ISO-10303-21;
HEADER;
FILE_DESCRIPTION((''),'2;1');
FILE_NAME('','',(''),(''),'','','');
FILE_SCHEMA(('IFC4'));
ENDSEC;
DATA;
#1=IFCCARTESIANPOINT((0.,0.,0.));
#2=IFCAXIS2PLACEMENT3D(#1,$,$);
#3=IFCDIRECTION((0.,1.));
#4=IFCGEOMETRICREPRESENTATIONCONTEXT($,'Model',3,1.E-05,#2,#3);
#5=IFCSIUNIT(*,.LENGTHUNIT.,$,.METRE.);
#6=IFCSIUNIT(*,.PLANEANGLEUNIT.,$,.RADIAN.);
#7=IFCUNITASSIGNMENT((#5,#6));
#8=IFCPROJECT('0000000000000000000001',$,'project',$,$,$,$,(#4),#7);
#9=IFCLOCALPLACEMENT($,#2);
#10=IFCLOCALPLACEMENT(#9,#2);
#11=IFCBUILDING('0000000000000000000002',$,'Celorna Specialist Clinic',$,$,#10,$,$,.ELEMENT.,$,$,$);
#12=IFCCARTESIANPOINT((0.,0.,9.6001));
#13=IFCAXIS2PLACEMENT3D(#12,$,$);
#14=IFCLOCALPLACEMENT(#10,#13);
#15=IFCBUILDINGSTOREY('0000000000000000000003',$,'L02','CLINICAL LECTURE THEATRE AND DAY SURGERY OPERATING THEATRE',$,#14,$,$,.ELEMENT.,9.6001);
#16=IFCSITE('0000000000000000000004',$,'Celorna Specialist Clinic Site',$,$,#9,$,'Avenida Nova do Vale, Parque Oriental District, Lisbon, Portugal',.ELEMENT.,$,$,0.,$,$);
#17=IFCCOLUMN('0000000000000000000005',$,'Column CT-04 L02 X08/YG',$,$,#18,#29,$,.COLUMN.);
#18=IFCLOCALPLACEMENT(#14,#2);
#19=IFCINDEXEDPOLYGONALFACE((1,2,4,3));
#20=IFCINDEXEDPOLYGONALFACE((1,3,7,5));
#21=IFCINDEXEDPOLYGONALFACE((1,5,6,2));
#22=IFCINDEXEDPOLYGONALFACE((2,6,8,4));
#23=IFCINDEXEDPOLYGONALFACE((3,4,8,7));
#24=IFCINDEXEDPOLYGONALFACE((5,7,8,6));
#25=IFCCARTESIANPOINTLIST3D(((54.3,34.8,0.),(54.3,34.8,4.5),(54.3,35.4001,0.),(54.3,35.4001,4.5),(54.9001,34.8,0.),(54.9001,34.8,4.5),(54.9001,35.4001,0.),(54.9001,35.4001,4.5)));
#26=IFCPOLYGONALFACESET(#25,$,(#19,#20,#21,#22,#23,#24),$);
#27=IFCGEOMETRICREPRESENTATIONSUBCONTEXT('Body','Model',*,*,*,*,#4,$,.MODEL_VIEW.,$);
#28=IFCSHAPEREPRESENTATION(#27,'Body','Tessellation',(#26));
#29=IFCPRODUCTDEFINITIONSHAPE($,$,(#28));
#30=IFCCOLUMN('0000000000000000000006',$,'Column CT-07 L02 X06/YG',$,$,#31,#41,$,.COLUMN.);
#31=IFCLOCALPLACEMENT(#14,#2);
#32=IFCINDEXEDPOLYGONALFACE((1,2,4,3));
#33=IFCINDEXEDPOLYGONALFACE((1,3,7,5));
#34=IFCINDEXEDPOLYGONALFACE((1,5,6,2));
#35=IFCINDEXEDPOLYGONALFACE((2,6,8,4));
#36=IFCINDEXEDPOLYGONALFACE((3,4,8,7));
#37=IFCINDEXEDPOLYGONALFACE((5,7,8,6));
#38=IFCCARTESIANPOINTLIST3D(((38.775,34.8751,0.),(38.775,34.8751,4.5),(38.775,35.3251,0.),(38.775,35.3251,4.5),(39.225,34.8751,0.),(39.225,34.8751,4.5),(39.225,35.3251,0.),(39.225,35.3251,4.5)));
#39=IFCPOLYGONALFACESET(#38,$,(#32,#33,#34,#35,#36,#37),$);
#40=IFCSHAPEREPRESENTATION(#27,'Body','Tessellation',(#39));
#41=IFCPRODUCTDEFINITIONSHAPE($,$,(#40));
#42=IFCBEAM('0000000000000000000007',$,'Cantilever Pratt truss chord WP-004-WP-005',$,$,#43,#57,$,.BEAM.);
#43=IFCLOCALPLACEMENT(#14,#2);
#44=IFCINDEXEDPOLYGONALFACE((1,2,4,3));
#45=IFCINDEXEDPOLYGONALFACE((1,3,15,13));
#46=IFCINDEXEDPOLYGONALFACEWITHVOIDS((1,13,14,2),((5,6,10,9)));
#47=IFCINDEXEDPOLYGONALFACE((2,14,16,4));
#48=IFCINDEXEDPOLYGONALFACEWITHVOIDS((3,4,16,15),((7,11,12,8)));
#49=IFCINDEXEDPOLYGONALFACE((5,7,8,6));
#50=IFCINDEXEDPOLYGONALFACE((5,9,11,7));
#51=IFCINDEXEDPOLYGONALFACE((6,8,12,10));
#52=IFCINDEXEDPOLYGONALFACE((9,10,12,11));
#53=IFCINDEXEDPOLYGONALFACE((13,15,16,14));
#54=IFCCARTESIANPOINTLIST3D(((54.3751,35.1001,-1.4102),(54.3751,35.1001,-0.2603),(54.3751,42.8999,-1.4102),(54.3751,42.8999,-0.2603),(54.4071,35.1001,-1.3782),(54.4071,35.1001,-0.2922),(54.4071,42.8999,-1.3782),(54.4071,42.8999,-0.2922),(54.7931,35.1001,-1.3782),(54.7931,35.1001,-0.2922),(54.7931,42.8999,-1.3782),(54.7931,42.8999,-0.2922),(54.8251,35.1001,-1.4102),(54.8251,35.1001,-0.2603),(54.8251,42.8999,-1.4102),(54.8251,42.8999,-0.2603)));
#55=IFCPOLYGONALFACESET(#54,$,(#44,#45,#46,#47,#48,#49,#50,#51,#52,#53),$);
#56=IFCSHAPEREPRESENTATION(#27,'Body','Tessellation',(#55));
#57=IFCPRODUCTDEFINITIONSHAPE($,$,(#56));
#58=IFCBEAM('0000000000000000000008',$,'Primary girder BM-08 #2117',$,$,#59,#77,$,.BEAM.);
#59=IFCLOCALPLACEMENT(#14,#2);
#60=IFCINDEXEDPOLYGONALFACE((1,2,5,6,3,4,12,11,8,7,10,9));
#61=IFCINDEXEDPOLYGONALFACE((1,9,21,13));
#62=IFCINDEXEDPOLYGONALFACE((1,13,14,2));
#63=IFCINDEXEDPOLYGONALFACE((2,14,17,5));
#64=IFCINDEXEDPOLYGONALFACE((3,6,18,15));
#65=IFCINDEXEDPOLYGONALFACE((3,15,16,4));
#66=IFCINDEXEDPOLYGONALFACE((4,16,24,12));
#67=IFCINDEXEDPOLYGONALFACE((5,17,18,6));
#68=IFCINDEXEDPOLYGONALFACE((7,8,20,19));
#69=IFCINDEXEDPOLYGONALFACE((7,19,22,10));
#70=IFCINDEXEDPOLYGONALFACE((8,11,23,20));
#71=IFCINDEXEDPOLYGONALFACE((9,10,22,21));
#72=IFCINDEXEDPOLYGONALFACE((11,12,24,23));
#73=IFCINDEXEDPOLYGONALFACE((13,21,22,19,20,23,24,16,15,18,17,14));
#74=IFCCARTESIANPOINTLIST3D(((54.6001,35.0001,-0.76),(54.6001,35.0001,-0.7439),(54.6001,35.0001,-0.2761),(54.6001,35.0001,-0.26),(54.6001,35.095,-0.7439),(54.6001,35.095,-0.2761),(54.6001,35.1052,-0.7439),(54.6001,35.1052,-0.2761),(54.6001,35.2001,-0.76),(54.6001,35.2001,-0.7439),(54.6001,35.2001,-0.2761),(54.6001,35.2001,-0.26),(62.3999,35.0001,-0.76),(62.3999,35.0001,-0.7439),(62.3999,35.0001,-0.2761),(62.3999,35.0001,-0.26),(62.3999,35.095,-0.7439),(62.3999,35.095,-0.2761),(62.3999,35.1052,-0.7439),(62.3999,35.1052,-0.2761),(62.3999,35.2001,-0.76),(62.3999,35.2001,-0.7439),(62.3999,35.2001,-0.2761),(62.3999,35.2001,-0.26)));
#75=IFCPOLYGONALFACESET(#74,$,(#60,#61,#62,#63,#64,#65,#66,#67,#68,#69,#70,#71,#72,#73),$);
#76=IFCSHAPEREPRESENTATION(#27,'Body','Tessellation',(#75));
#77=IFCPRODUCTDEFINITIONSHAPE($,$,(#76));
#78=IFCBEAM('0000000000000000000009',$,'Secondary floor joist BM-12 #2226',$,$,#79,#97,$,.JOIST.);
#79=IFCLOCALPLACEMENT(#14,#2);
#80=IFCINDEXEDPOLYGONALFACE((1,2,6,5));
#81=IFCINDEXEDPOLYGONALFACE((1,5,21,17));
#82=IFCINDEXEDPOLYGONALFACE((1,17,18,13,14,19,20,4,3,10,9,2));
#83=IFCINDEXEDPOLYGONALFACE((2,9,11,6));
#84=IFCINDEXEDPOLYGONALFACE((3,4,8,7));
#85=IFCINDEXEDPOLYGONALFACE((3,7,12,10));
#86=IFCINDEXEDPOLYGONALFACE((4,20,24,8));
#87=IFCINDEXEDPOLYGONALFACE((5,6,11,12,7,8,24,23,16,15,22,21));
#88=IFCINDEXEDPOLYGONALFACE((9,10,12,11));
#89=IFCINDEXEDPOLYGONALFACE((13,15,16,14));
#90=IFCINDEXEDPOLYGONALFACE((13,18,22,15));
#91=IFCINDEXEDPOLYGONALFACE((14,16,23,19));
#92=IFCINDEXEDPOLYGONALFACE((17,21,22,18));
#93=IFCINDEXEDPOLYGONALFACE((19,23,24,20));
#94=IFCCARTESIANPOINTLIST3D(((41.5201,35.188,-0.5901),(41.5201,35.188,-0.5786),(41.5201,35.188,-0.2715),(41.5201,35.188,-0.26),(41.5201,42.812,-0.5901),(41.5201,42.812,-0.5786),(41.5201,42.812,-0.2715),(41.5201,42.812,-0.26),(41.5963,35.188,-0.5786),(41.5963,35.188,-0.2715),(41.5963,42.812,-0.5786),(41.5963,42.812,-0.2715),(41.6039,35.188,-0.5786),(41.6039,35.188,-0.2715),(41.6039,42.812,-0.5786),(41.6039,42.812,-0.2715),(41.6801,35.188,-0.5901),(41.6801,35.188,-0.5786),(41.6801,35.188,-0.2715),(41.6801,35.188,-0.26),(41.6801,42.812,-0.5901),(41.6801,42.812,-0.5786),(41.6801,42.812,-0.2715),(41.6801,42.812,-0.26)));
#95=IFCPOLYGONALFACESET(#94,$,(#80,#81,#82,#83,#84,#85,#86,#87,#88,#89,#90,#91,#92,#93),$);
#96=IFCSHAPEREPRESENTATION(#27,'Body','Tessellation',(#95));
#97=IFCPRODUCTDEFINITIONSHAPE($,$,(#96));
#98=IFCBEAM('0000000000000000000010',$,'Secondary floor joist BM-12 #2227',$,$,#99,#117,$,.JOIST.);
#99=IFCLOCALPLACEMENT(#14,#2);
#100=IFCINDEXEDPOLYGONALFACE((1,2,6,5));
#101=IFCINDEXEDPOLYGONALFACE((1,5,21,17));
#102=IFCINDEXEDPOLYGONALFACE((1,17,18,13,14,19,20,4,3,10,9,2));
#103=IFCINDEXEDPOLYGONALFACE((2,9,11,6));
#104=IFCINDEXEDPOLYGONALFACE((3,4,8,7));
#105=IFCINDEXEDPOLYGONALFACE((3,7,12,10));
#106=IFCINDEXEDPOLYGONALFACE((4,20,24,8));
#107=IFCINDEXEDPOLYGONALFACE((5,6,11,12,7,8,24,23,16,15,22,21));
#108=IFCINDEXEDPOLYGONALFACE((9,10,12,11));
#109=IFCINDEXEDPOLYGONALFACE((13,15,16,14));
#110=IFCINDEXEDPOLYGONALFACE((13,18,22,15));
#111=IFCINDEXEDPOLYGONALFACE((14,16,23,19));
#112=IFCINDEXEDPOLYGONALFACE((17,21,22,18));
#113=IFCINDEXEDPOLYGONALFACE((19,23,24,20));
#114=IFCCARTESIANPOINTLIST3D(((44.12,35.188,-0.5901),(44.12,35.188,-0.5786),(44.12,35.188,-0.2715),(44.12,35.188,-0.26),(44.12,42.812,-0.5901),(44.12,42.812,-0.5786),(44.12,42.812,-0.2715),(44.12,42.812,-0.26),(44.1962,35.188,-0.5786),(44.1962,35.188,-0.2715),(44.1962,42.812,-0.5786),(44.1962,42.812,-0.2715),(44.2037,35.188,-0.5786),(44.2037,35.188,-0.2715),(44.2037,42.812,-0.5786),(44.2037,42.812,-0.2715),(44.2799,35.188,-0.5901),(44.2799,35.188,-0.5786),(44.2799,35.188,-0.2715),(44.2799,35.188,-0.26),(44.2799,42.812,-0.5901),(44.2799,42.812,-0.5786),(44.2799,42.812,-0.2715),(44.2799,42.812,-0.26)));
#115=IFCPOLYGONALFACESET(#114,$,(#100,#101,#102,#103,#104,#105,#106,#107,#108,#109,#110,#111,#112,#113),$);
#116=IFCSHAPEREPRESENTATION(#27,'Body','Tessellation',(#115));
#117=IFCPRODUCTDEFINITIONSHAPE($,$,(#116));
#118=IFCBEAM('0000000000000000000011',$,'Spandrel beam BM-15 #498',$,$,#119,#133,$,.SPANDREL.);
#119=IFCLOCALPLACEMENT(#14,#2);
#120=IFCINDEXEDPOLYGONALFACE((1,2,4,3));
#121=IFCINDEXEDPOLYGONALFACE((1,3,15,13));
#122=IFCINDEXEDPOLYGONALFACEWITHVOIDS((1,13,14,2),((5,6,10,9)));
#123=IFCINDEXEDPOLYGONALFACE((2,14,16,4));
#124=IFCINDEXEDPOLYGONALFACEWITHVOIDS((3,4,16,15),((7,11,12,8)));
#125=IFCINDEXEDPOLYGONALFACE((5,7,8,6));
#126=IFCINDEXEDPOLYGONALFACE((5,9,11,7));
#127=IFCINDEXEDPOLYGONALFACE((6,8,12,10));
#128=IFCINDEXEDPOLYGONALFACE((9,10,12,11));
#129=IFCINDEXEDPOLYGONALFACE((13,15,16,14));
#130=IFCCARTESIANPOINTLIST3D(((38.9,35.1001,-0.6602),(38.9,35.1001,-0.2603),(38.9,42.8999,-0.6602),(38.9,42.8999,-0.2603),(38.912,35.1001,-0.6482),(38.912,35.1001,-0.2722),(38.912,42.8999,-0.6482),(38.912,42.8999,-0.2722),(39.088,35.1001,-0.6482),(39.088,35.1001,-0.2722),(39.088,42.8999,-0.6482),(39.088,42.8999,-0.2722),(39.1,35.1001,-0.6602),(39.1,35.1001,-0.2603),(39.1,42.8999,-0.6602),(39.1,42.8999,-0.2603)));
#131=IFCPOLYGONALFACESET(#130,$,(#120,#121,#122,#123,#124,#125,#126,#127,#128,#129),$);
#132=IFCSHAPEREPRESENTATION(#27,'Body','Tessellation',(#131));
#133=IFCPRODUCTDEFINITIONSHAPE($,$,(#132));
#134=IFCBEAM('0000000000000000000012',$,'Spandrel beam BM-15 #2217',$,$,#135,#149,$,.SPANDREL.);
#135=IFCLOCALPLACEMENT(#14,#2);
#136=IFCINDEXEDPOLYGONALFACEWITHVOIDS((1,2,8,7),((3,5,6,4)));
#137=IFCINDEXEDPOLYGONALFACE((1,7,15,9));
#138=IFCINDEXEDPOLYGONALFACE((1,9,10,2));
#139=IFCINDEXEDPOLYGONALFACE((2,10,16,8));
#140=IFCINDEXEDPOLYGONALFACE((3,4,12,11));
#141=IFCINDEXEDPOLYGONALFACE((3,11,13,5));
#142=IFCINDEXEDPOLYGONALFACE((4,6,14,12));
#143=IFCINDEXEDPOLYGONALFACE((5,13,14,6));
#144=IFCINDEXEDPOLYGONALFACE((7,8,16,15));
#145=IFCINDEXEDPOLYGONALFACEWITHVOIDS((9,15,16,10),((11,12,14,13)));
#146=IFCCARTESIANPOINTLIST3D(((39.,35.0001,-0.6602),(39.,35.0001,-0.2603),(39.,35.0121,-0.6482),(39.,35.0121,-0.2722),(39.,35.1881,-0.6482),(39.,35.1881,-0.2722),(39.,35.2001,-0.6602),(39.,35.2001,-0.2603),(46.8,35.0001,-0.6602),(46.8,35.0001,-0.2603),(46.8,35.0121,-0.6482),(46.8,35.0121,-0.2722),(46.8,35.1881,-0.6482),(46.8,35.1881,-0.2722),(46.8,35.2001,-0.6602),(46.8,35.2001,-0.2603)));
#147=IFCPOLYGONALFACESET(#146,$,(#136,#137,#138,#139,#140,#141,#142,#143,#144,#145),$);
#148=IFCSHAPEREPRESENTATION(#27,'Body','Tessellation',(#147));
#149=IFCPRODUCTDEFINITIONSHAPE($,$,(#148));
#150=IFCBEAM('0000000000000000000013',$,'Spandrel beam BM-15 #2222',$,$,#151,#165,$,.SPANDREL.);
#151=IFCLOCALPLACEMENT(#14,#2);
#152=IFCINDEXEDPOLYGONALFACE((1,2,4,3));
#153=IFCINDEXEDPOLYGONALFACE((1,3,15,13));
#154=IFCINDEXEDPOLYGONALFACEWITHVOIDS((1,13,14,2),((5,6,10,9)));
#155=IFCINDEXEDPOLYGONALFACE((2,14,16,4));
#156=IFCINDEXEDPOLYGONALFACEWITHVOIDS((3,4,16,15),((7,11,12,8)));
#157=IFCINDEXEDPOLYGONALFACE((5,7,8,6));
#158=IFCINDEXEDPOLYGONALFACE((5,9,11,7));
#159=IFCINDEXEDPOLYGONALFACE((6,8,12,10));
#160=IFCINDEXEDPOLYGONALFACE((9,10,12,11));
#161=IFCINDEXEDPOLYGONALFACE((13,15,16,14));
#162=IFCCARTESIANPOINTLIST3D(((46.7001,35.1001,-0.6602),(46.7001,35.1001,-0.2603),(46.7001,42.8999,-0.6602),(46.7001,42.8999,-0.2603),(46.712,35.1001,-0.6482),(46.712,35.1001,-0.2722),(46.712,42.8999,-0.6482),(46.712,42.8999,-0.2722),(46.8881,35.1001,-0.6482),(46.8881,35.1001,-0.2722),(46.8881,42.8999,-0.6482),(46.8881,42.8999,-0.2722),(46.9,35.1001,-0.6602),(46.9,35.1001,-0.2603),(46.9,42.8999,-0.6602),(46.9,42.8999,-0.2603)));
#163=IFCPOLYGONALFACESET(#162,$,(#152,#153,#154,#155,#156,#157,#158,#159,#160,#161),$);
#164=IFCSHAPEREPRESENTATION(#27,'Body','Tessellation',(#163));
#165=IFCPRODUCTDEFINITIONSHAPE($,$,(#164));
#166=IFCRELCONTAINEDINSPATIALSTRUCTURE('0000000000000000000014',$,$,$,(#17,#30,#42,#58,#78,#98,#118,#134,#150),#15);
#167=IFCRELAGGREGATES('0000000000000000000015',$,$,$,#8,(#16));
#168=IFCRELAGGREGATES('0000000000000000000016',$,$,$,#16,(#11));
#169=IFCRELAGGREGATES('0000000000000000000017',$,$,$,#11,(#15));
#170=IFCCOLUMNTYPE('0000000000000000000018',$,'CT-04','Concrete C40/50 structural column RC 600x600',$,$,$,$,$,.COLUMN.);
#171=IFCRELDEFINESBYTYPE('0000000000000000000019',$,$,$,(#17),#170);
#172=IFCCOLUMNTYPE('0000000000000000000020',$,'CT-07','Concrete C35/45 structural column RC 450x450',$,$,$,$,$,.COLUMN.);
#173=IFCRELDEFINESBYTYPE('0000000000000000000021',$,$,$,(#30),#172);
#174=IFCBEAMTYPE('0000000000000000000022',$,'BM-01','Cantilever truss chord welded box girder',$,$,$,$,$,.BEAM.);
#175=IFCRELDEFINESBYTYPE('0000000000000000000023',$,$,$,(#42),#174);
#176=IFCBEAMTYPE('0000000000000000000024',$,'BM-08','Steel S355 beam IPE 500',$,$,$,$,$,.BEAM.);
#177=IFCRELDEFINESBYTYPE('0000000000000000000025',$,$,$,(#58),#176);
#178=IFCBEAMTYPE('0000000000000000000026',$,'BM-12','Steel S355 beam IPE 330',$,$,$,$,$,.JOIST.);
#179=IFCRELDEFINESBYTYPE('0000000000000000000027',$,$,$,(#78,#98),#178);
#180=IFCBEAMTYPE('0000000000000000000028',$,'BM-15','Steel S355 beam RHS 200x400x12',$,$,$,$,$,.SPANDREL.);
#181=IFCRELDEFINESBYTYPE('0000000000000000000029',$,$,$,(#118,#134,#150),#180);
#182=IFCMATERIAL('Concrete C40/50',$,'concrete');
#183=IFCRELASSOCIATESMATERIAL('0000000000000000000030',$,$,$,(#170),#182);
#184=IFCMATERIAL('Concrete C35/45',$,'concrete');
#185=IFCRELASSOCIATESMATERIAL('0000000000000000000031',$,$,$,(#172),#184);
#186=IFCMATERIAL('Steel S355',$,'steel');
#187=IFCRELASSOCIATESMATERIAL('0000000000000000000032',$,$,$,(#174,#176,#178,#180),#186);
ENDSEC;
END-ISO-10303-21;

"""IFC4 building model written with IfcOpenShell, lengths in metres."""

from ifc_helpers import new_model, si_unit, direction, frame, origin, origin_2d, place, context, subcontext, project, spatial, rectangle, hollow_rectangle, i_section, extrude, material, material_profile, profile_set, type_object, element, save


model = new_model("IFC4")

# Units and contexts
model_context = context("Model", 3, precision=1e-05, world=origin(), true_north=direction((0.0, 1.0)))
body_context = subcontext(model_context, "Body", "Model", "MODEL_VIEW")
ifc_project = project(units=[si_unit("LENGTHUNIT", "METRE"), si_unit("PLANEANGLEUNIT", "RADIAN")], contexts=[model_context])

# Site, building, storey
site_placement = place(None, origin())
site = spatial("IfcSite", under=ifc_project, at=site_placement, Name="Celorna Specialist Clinic Site", LongName="Avenida Nova do Vale, Parque Oriental District, Lisbon, Portugal", CompositionType="ELEMENT", RefElevation=0.0)
building_placement = place(site_placement, origin())
building = spatial("IfcBuilding", under=site, at=building_placement, Name="Celorna Specialist Clinic", CompositionType="ELEMENT")
storey_placement = place(building_placement, frame((0.0, 0.0, 9.6001)))
storey = spatial("IfcBuildingStorey", under=building, at=storey_placement, Name="L02", Description="CLINICAL LECTURE THEATRE AND DAY SURGERY OPERATING THEATRE", CompositionType="ELEMENT", Elevation=9.6001)

# Columns
ifc_material_1 = material(Name="Concrete C40/50", Category="concrete")
ifc_material_profile_1 = material_profile(ifc_material_1, rectangle(XDim=0.6001, YDim=0.6001, at=origin_2d()), Name="RC 600x600")
ifc_profile_set_1 = profile_set([ifc_material_profile_1], Name="Concrete C40/50")
column_type_1 = type_object("IfcColumnType", Name="CT-04", Description="Concrete C40/50 structural column RC 600x600", PredefinedType="COLUMN", material=ifc_profile_set_1)
column_1_placement = place(storey_placement, frame((54.6001, 35.1001, 0.0), z_axis=(0.0, 0.0, 1.0), x_axis=(1.0, 0.0, 0.0)))
element("IfcColumn", 1, at=column_1_placement, inside=storey, type_object=column_type_1, Name="Column CT-04 L02 X08/YG", PredefinedType="COLUMN", context=body_context, shape_type="SweptSolid", body=[
    extrude(rectangle(XDim=0.6001, YDim=0.6001, at=origin_2d()), origin(), (0.0, 0.0, 1.0), 4.5),
])
ifc_material_2 = material(Name="Concrete C35/45", Category="concrete")
ifc_material_profile_2 = material_profile(ifc_material_2, rectangle(XDim=0.45, YDim=0.45, at=origin_2d()), Name="RC 450x450")
ifc_profile_set_2 = profile_set([ifc_material_profile_2], Name="Concrete C35/45")
column_type_2 = type_object("IfcColumnType", Name="CT-07", Description="Concrete C35/45 structural column RC 450x450", PredefinedType="COLUMN", material=ifc_profile_set_2)
column_2_placement = place(storey_placement, frame((39.0, 35.1001, 0.0), z_axis=(0.0, 0.0, 1.0), x_axis=(1.0, 0.0, 0.0)))
element("IfcColumn", 2, at=column_2_placement, inside=storey, type_object=column_type_2, Name="Column CT-07 L02 X06/YG", PredefinedType="COLUMN", context=body_context, shape_type="SweptSolid", body=[
    extrude(rectangle(XDim=0.45, YDim=0.45, at=origin_2d()), origin(), (0.0, 0.0, 1.0), 4.5),
])

# Beams
ifc_material_3 = material(Name="Steel S355", Category="steel")
ifc_material_profile_3 = material_profile(ifc_material_3, hollow_rectangle(XDim=0.45, YDim=1.1499, WallThickness=0.032, at=origin_2d()), Name="BOX 450x1150x32")
ifc_profile_set_3 = profile_set([ifc_material_profile_3], Name="Steel S355")
beam_type_1 = type_object("IfcBeamType", Name="BM-01", Description="Cantilever truss chord welded box girder", PredefinedType="BEAM", material=ifc_profile_set_3)
beam_1_placement = place(storey_placement, frame((54.6001, 35.1001, -0.8352), z_axis=(0.0, 1.0, 0.0), x_axis=(-1.0, 0.0, 0.0)))
element("IfcBeam", 3, at=beam_1_placement, inside=storey, type_object=beam_type_1, Name="Cantilever Pratt truss chord WP-004-WP-005", PredefinedType="BEAM", context=body_context, shape_type="SweptSolid", body=[
    extrude(hollow_rectangle(XDim=0.45, YDim=1.1499, WallThickness=0.032, at=origin_2d()), origin(), (0.0, 0.0, 1.0), 7.7998),
])
ifc_material_profile_4 = material_profile(ifc_material_3, i_section(OverallWidth=0.2, OverallDepth=0.5, WebThickness=0.0103, FlangeThickness=0.0161, at=origin_2d()), Name="IPE 500")
ifc_profile_set_4 = profile_set([ifc_material_profile_4], Name="Steel S355")
beam_type_2 = type_object("IfcBeamType", Name="BM-08", Description="Steel S355 beam IPE 500", PredefinedType="BEAM", material=ifc_profile_set_4)
beam_2_placement = place(storey_placement, frame((54.6001, 35.1001, -0.51), z_axis=(1.0, 0.0, 0.0), x_axis=(0.0, 1.0, 0.0)))
element("IfcBeam", 4, at=beam_2_placement, inside=storey, type_object=beam_type_2, Name="Primary girder BM-08 #2117", PredefinedType="BEAM", context=body_context, shape_type="SweptSolid", body=[
    extrude(i_section(OverallWidth=0.2, OverallDepth=0.5, WebThickness=0.0103, FlangeThickness=0.0161, at=origin_2d()), origin(), (0.0, 0.0, 1.0), 7.7998),
])
ifc_material_profile_5 = material_profile(ifc_material_3, i_section(OverallWidth=0.1599, OverallDepth=0.3301, WebThickness=0.0076, FlangeThickness=0.0115, at=origin_2d()), Name="IPE 330")
ifc_profile_set_5 = profile_set([ifc_material_profile_5], Name="Steel S355")
beam_type_3 = type_object("IfcBeamType", Name="BM-12", Description="Steel S355 beam IPE 330", PredefinedType="JOIST", material=ifc_profile_set_5)
for number, where, z_axis, x_axis, name in (
    (5, (41.6001, 35.188, -0.425), (0.0, 1.0, 0.0), (-1.0, 0.0, 0.0), "Secondary floor joist BM-12 #2226"),
    (6, (44.2, 35.188, -0.425), (0.0, 1.0, 0.0), (-1.0, 0.0, 0.0), "Secondary floor joist BM-12 #2227"),
):
    element("IfcBeam", number, at=place(storey_placement, frame(where, z_axis=z_axis, x_axis=x_axis)), inside=storey, type_object=beam_type_3, Name=name, PredefinedType="JOIST", context=body_context, shape_type="SweptSolid", body=[
        extrude(i_section(OverallWidth=0.1599, OverallDepth=0.3301, WebThickness=0.0076, FlangeThickness=0.0115, at=origin_2d()), origin(), (0.0, 0.0, 1.0), 7.624),
    ])
ifc_material_profile_6 = material_profile(ifc_material_3, hollow_rectangle(XDim=0.2, YDim=0.3999, WallThickness=0.012, at=origin_2d()), Name="RHS 200x400x12")
ifc_profile_set_6 = profile_set([ifc_material_profile_6], Name="Steel S355")
beam_type_4 = type_object("IfcBeamType", Name="BM-15", Description="Steel S355 beam RHS 200x400x12", PredefinedType="SPANDREL", material=ifc_profile_set_6)
beam_3_placement = place(storey_placement, frame((39.0, 35.1001, -0.4602), z_axis=(0.0, 1.0, 0.0), x_axis=(-1.0, 0.0, 0.0)))
element("IfcBeam", 7, at=beam_3_placement, inside=storey, type_object=beam_type_4, Name="Spandrel beam BM-15 #498", PredefinedType="SPANDREL", context=body_context, shape_type="SweptSolid", body=[
    extrude(hollow_rectangle(XDim=0.2, YDim=0.3999, WallThickness=0.012, at=origin_2d()), origin(), (0.0, 0.0, 1.0), 7.7998),
])
beam_4_placement = place(storey_placement, frame((39.0, 35.1001, -0.4602), z_axis=(1.0, 0.0, 0.0), x_axis=(0.0, 1.0, 0.0)))
element("IfcBeam", 8, at=beam_4_placement, inside=storey, type_object=beam_type_4, Name="Spandrel beam BM-15 #2217", PredefinedType="SPANDREL", context=body_context, shape_type="SweptSolid", body=[
    extrude(hollow_rectangle(XDim=0.2, YDim=0.3999, WallThickness=0.012, at=origin_2d()), origin(), (0.0, 0.0, 1.0), 7.8),
])
beam_5_placement = place(storey_placement, frame((46.8, 35.1001, -0.4602), z_axis=(0.0, 1.0, 0.0), x_axis=(-1.0, 0.0, 0.0)))
element("IfcBeam", 9, at=beam_5_placement, inside=storey, type_object=beam_type_4, Name="Spandrel beam BM-15 #2222", PredefinedType="SPANDREL", context=body_context, shape_type="SweptSolid", body=[
    extrude(hollow_rectangle(XDim=0.2, YDim=0.3999, WallThickness=0.012, at=origin_2d()), origin(), (0.0, 0.0, 1.0), 7.7998),
])

save(model, "model.ifc")
